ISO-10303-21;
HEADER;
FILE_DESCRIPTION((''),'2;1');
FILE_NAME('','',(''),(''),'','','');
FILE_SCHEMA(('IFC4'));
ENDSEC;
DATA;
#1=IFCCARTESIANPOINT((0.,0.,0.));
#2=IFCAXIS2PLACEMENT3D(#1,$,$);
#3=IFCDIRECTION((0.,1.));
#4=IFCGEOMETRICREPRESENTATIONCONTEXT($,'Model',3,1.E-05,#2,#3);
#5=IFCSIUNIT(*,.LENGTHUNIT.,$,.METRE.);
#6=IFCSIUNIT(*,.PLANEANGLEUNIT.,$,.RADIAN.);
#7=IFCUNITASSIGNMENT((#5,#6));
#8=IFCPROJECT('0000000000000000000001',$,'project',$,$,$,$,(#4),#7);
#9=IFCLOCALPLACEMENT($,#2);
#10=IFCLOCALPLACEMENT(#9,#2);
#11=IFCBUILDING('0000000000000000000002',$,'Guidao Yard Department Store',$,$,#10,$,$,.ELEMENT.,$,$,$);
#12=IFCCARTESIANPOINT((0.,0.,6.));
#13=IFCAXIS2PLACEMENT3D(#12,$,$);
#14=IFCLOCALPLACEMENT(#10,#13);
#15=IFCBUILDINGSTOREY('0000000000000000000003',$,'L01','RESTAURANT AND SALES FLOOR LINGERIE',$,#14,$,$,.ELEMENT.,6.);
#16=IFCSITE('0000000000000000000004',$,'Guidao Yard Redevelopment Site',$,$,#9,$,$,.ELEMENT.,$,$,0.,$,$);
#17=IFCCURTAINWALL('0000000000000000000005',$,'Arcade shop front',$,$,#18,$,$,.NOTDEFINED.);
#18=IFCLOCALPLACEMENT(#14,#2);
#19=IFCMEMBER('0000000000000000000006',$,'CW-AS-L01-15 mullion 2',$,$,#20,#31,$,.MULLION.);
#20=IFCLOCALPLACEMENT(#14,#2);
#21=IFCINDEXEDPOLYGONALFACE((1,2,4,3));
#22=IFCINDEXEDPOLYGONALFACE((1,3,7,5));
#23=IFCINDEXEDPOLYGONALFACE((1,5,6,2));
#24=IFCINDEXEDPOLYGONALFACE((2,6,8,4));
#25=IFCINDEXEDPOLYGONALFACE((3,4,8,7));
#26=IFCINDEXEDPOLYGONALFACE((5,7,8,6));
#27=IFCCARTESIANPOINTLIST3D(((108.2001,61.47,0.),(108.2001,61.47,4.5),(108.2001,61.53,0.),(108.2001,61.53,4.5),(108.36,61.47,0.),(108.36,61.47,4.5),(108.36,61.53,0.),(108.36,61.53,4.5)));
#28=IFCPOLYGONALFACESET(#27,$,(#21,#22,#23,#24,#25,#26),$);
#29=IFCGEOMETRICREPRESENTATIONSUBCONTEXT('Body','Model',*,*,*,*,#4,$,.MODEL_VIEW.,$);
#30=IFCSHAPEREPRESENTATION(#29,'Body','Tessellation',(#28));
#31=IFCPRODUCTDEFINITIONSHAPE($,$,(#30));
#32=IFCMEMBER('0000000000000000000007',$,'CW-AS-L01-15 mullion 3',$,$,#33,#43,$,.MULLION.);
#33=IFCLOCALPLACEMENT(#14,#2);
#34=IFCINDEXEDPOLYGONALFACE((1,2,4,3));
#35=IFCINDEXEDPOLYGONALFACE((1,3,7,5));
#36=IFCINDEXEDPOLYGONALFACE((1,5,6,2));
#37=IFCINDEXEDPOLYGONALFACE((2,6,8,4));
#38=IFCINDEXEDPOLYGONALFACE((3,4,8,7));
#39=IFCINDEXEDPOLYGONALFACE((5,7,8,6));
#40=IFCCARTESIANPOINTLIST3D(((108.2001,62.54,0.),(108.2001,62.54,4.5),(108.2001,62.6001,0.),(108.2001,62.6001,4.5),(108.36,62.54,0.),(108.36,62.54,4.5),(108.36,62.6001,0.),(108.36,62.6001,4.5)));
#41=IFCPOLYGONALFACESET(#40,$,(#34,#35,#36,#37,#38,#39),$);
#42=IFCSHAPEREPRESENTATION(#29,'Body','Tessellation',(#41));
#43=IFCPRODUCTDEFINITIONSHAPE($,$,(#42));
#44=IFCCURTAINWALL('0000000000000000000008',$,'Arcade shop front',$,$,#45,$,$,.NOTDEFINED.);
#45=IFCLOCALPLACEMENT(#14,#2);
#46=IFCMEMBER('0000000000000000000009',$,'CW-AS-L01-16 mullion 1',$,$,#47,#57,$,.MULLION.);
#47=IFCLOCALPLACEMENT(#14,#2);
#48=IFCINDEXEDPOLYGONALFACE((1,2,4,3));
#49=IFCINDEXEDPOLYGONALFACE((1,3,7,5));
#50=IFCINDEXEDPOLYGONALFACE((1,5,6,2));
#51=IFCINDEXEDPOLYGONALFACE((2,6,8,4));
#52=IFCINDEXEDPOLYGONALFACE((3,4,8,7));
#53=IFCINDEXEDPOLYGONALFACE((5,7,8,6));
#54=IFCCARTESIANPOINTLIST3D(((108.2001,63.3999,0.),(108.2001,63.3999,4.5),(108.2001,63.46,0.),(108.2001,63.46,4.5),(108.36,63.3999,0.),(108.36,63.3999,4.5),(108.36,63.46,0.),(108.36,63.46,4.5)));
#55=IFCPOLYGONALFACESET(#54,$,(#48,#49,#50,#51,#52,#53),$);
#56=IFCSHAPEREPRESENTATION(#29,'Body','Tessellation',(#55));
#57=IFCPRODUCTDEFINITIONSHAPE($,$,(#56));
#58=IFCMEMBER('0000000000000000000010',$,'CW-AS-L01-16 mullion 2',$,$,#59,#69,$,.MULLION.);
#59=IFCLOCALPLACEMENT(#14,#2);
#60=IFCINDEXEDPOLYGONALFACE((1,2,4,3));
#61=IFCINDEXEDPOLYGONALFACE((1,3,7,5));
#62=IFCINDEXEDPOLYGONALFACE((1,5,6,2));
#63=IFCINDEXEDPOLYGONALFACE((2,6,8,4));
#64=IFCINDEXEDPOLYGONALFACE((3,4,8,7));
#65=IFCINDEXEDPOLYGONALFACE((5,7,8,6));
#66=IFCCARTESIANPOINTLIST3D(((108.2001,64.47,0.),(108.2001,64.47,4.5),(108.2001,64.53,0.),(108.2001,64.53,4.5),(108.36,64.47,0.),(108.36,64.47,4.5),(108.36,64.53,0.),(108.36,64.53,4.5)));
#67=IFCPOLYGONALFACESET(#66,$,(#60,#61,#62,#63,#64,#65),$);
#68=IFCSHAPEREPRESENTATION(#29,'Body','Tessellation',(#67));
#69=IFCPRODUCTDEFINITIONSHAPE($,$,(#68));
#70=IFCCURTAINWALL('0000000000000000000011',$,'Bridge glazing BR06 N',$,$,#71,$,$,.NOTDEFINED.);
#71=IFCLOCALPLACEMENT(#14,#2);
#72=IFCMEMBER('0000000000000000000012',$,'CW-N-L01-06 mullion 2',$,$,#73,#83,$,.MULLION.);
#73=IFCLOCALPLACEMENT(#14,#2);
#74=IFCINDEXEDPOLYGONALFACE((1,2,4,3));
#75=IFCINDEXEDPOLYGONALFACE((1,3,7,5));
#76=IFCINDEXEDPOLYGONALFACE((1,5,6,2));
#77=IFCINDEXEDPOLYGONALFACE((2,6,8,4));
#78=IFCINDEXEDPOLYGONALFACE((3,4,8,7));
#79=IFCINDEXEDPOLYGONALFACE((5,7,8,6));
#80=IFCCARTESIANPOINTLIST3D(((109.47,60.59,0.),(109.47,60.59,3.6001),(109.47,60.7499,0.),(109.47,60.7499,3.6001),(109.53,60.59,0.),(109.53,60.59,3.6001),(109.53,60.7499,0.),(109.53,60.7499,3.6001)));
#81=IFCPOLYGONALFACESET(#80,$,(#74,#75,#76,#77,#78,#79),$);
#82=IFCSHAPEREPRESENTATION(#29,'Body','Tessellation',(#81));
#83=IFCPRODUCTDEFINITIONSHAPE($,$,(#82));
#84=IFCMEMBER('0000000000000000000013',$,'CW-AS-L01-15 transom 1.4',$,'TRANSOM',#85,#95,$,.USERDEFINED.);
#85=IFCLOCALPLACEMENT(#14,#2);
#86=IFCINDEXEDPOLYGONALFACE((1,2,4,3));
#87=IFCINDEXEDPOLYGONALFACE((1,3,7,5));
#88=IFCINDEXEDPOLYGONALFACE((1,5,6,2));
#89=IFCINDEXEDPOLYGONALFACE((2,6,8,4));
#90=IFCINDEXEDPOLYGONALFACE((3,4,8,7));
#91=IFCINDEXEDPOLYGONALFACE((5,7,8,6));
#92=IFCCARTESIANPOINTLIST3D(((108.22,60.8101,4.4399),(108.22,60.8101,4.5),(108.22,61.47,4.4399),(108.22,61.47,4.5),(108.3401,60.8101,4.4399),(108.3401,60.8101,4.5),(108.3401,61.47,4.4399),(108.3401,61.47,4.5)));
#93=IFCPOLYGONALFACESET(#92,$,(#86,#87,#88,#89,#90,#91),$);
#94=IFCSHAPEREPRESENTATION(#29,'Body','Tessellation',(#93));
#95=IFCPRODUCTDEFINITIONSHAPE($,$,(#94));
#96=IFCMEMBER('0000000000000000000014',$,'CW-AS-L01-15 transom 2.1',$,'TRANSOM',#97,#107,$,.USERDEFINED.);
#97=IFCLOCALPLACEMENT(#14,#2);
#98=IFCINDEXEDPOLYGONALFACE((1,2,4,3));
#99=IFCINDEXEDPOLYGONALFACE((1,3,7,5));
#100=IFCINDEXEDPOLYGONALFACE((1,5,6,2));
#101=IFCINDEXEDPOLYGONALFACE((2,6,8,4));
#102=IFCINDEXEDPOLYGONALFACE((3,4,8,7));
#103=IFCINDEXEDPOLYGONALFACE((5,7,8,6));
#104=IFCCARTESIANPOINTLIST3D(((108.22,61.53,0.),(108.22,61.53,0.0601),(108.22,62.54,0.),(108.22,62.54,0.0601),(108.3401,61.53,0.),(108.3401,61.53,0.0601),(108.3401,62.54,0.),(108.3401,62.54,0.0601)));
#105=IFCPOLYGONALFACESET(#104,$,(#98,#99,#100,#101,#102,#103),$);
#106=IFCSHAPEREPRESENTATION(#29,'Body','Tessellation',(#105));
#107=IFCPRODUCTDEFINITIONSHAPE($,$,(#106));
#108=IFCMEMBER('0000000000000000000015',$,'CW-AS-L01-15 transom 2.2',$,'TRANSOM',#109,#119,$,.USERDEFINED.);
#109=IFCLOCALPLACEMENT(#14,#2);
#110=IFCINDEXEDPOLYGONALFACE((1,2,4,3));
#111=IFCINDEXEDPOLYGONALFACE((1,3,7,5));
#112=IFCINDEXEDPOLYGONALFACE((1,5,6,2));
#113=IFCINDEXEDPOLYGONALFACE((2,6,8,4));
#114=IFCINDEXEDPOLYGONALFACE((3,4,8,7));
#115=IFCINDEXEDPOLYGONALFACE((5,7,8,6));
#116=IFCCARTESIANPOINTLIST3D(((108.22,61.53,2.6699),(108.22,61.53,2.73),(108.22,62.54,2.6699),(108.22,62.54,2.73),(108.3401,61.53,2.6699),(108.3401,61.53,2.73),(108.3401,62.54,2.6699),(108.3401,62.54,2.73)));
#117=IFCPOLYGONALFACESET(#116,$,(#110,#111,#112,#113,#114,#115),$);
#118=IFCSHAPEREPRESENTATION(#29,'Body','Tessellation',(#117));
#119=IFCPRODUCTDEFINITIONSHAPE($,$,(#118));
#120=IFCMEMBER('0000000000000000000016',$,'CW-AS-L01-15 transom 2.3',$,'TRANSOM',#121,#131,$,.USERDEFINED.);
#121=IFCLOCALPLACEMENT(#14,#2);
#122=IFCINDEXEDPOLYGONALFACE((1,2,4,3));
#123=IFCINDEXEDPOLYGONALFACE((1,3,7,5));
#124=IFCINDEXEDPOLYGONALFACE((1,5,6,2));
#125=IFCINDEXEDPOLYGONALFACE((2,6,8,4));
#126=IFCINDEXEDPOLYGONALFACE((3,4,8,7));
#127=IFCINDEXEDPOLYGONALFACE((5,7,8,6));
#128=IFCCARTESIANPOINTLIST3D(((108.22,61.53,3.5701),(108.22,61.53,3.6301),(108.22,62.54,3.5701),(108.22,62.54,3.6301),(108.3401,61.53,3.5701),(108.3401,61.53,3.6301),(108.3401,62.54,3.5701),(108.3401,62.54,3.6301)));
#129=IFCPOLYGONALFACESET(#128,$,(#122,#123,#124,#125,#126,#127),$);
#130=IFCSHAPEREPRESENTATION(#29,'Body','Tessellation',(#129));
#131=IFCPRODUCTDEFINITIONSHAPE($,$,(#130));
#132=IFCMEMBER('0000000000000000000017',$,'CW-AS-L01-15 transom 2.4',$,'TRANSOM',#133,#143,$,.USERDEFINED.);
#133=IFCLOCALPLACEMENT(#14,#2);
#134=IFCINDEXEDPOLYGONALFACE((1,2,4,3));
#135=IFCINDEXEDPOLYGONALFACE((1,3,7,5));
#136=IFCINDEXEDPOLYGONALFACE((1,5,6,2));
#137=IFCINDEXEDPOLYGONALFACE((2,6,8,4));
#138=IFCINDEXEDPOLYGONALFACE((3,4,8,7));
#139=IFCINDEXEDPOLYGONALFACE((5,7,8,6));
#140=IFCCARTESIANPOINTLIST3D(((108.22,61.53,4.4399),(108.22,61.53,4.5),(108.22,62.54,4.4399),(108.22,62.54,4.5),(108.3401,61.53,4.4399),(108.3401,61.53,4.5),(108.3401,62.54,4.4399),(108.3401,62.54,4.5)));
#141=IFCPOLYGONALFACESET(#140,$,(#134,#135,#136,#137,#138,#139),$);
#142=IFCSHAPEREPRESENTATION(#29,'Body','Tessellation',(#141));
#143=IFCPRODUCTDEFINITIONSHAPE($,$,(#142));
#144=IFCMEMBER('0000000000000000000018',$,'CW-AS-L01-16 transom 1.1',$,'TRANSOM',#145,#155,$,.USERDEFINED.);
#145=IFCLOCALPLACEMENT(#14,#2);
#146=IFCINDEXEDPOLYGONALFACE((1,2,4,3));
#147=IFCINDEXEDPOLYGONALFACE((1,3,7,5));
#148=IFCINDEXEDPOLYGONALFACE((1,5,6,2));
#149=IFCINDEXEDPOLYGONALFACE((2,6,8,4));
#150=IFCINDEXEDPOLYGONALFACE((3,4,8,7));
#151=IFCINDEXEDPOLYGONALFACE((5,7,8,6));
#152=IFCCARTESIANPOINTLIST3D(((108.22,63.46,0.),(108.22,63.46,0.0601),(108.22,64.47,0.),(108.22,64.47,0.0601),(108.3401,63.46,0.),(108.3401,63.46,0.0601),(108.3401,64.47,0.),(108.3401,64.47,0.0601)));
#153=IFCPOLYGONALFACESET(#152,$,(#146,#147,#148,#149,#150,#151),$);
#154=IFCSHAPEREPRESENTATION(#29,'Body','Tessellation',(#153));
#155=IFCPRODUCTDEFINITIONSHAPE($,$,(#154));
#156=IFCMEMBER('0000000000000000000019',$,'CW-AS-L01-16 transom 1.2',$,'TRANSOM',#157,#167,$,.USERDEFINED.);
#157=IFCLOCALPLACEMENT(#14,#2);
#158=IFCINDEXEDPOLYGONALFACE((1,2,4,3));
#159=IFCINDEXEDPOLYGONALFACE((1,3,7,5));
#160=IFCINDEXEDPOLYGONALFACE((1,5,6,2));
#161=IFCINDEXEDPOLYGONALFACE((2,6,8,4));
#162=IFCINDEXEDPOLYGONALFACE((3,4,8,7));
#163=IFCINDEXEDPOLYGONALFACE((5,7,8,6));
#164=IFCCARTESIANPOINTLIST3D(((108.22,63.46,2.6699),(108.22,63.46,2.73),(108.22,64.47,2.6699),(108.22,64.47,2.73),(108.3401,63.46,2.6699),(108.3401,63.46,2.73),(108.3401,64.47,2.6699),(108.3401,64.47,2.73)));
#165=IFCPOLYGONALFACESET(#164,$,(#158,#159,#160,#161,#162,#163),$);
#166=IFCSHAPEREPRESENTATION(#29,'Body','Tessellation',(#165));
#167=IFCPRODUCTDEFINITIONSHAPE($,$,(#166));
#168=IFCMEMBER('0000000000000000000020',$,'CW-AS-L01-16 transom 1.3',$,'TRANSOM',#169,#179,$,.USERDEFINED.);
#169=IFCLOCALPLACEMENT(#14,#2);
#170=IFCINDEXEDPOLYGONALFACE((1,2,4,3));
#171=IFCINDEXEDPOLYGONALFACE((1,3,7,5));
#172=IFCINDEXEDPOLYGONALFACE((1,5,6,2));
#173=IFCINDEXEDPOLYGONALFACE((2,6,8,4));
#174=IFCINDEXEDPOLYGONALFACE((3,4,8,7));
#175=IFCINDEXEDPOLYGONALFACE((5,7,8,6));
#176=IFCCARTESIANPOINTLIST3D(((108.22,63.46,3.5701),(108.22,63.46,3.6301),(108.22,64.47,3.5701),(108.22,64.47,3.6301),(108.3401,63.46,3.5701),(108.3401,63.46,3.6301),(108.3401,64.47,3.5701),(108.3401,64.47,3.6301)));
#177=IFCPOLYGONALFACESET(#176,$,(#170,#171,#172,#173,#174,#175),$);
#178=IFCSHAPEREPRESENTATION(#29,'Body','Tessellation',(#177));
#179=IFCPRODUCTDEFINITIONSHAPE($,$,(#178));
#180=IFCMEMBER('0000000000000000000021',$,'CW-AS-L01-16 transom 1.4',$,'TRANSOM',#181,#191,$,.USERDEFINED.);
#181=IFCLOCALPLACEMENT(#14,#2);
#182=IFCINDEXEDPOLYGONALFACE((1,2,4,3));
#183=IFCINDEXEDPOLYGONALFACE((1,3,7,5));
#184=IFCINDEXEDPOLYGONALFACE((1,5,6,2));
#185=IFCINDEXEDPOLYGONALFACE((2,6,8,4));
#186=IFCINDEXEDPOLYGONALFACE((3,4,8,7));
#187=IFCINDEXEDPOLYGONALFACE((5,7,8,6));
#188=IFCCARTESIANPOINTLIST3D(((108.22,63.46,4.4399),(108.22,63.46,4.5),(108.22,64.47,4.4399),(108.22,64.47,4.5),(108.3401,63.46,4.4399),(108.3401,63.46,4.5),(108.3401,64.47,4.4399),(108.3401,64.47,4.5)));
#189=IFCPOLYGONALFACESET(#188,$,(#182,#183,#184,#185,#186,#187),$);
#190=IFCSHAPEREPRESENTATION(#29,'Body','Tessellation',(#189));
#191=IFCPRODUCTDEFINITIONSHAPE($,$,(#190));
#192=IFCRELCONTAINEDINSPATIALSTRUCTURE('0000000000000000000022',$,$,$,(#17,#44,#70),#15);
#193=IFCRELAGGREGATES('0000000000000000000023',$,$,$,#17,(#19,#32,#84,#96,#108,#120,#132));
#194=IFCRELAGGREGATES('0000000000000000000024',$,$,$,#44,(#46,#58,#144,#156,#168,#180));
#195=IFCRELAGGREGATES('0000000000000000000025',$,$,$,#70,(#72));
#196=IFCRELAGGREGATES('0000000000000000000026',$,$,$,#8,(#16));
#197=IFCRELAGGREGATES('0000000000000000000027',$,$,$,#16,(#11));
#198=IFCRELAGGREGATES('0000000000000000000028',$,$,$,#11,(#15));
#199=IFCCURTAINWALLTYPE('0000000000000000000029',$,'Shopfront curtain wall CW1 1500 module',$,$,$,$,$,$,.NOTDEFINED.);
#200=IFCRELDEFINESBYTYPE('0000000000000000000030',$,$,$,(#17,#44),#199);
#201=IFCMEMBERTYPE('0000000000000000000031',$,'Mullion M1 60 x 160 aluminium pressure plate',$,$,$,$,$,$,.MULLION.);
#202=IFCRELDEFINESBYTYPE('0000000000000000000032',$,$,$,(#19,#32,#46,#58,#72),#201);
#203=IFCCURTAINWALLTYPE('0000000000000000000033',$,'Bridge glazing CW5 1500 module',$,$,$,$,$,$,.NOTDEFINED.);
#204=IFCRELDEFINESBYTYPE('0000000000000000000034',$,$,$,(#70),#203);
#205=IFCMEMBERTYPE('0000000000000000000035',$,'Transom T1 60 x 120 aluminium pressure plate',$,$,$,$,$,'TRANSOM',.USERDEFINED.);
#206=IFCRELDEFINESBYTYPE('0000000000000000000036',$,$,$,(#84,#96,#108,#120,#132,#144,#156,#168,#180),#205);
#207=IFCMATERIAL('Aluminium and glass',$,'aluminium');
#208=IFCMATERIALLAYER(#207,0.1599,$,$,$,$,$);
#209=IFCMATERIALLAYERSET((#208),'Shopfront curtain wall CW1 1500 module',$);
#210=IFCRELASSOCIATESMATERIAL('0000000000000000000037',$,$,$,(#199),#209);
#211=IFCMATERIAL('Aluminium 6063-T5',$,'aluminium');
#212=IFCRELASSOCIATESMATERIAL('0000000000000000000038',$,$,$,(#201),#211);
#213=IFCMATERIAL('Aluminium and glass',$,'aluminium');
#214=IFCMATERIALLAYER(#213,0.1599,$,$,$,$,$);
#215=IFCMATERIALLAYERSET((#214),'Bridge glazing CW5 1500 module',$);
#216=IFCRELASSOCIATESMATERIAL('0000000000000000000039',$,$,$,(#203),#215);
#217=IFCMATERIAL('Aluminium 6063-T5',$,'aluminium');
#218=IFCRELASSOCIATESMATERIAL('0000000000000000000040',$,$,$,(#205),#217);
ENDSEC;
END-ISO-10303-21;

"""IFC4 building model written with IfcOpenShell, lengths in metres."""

from ifc_helpers import new_model, si_unit, direction, frame, origin, origin_2d, place, context, subcontext, project, spatial, rectangle, extrude, material, layer, layer_set, material_profile, profile_set, type_object, element, aggregate, save


model = new_model("IFC4")

# Units and contexts
model_context = context("Model", 3, precision=1e-05, world=origin(), true_north=direction((0.0, 1.0)))
body_context = subcontext(model_context, "Body", "Model", "MODEL_VIEW")
ifc_project = project(units=[si_unit("LENGTHUNIT", "METRE"), si_unit("PLANEANGLEUNIT", "RADIAN")], contexts=[model_context])

# Site, building, storey
site_placement = place(None, origin())
site = spatial("IfcSite", under=ifc_project, at=site_placement, Name="Guidao Yard Redevelopment Site", CompositionType="ELEMENT", RefElevation=0.0)
building_placement = place(site_placement, origin())
building = spatial("IfcBuilding", under=site, at=building_placement, Name="Guidao Yard Department Store", CompositionType="ELEMENT")
storey_placement = place(building_placement, frame((0.0, 0.0, 6.0)))
storey = spatial("IfcBuildingStorey", under=building, at=storey_placement, Name="L01", Description="RESTAURANT AND SALES FLOOR LINGERIE", CompositionType="ELEMENT", Elevation=6.0)

# Curtain walls, members
ifc_material_1 = material(Name="Aluminium and glass", Category="aluminium")
ifc_layer_1 = layer(ifc_material_1, 0.1599)
ifc_layer_set_1 = layer_set([ifc_layer_1], Name="Shopfront curtain wall CW1 1500 module")
curtain_wall_type_1 = type_object("IfcCurtainWallType", Name="Shopfront curtain wall CW1 1500 module", PredefinedType="NOTDEFINED", material=ifc_layer_set_1)
curtain_wall_1_placement = place(storey_placement, origin())
curtain_wall_1 = element("IfcCurtainWall", 1, at=curtain_wall_1_placement, inside=storey, type_object=curtain_wall_type_1, Name="Arcade shop front", PredefinedType="NOTDEFINED")
ifc_material_2 = material(Name="Aluminium 6063-T5", Category="aluminium")
ifc_material_profile_1 = material_profile(ifc_material_2, rectangle(XDim=0.0601, YDim=0.1599, at=origin_2d()), Name="Mullion M1 60 x 160 aluminium pressure plate")
ifc_profile_set_1 = profile_set([ifc_material_profile_1], Name="Aluminium 6063-T5")
member_type_1 = type_object("IfcMemberType", Name="Mullion M1 60 x 160 aluminium pressure plate", PredefinedType="MULLION", material=ifc_profile_set_1)
member_1_placement = place(storey_placement, frame((108.28, 61.5, 0.0), z_axis=(0.0, 0.0, 1.0), x_axis=(0.0, -1.0, 0.0)))
member_1 = element("IfcMember", 2, at=member_1_placement, type_object=member_type_1, Name="CW-AS-L01-15 mullion 2", PredefinedType="MULLION", context=body_context, shape_type="SweptSolid", body=[
    extrude(rectangle(XDim=0.0601, YDim=0.1599, at=origin_2d()), origin(), (0.0, 0.0, 1.0), 4.5),
])
member_2_placement = place(storey_placement, frame((108.28, 62.5701, 0.0), z_axis=(0.0, 0.0, 1.0), x_axis=(0.0, -1.0, 0.0)))
member_2 = element("IfcMember", 3, at=member_2_placement, type_object=member_type_1, Name="CW-AS-L01-15 mullion 3", PredefinedType="MULLION", context=body_context, shape_type="SweptSolid", body=[
    extrude(rectangle(XDim=0.0601, YDim=0.1599, at=origin_2d()), origin(), (0.0, 0.0, 1.0), 4.5),
])
curtain_wall_2_placement = place(storey_placement, origin())
curtain_wall_2 = element("IfcCurtainWall", 4, at=curtain_wall_2_placement, inside=storey, type_object=curtain_wall_type_1, Name="Arcade shop front", PredefinedType="NOTDEFINED")
member_3_placement = place(storey_placement, frame((108.28, 63.4299, 0.0), z_axis=(0.0, 0.0, 1.0), x_axis=(0.0, -1.0, 0.0)))
member_3 = element("IfcMember", 5, at=member_3_placement, type_object=member_type_1, Name="CW-AS-L01-16 mullion 1", PredefinedType="MULLION", context=body_context, shape_type="SweptSolid", body=[
    extrude(rectangle(XDim=0.0601, YDim=0.1599, at=origin_2d()), origin(), (0.0, 0.0, 1.0), 4.5),
])
member_4_placement = place(storey_placement, frame((108.28, 64.5, 0.0), z_axis=(0.0, 0.0, 1.0), x_axis=(0.0, -1.0, 0.0)))
member_4 = element("IfcMember", 6, at=member_4_placement, type_object=member_type_1, Name="CW-AS-L01-16 mullion 2", PredefinedType="MULLION", context=body_context, shape_type="SweptSolid", body=[
    extrude(rectangle(XDim=0.0601, YDim=0.1599, at=origin_2d()), origin(), (0.0, 0.0, 1.0), 4.5),
])

# Curtain wall, member
ifc_material_3 = material(Name="Aluminium and glass", Category="aluminium")
ifc_layer_2 = layer(ifc_material_3, 0.1599)
ifc_layer_set_2 = layer_set([ifc_layer_2], Name="Bridge glazing CW5 1500 module")
curtain_wall_type_2 = type_object("IfcCurtainWallType", Name="Bridge glazing CW5 1500 module", PredefinedType="NOTDEFINED", material=ifc_layer_set_2)
curtain_wall_3_placement = place(storey_placement, origin())
curtain_wall_3 = element("IfcCurtainWall", 7, at=curtain_wall_3_placement, inside=storey, type_object=curtain_wall_type_2, Name="Bridge glazing BR06 N", PredefinedType="NOTDEFINED")
member_5_placement = place(storey_placement, frame((109.5, 60.6699, 0.0), z_axis=(0.0, 0.0, 1.0), x_axis=(1.0, 0.0, 0.0)))
member_5 = element("IfcMember", 8, at=member_5_placement, type_object=member_type_1, Name="CW-N-L01-06 mullion 2", PredefinedType="MULLION", context=body_context, shape_type="SweptSolid", body=[
    extrude(rectangle(XDim=0.0601, YDim=0.1599, at=origin_2d()), origin(), (0.0, 0.0, 1.0), 3.6001),
])

# Members
ifc_material_4 = material(Name="Aluminium 6063-T5", Category="aluminium")
ifc_material_profile_2 = material_profile(ifc_material_4, rectangle(XDim=0.1201, YDim=0.0601, at=origin_2d()), Name="Transom T1 60 x 120 aluminium pressure plate")
ifc_profile_set_2 = profile_set([ifc_material_profile_2], Name="Aluminium 6063-T5")
member_type_2 = type_object("IfcMemberType", Name="Transom T1 60 x 120 aluminium pressure plate", ElementType="TRANSOM", PredefinedType="USERDEFINED", material=ifc_profile_set_2)
member_6_placement = place(storey_placement, frame((108.28, 61.47, 4.47), z_axis=(0.0, -1.0, 0.0), x_axis=(1.0, 0.0, 0.0)))
member_6 = element("IfcMember", 9, at=member_6_placement, type_object=member_type_2, Name="CW-AS-L01-15 transom 1.4", ObjectType="TRANSOM", PredefinedType="USERDEFINED", context=body_context, shape_type="SweptSolid", body=[
    extrude(rectangle(XDim=0.1201, YDim=0.0601, at=origin_2d()), origin(), (0.0, 0.0, 1.0), 0.6599),
])
member_7_placement = place(storey_placement, frame((108.28, 62.54, 0.03), z_axis=(0.0, -1.0, 0.0), x_axis=(1.0, 0.0, 0.0)))
member_7 = element("IfcMember", 10, at=member_7_placement, type_object=member_type_2, Name="CW-AS-L01-15 transom 2.1", ObjectType="TRANSOM", PredefinedType="USERDEFINED", context=body_context, shape_type="SweptSolid", body=[
    extrude(rectangle(XDim=0.1201, YDim=0.0601, at=origin_2d()), origin(), (0.0, 0.0, 1.0), 1.01),
])
member_8_placement = place(storey_placement, frame((108.28, 62.54, 2.7), z_axis=(0.0, -1.0, 0.0), x_axis=(1.0, 0.0, 0.0)))
member_8 = element("IfcMember", 11, at=member_8_placement, type_object=member_type_2, Name="CW-AS-L01-15 transom 2.2", ObjectType="TRANSOM", PredefinedType="USERDEFINED", context=body_context, shape_type="SweptSolid", body=[
    extrude(rectangle(XDim=0.1201, YDim=0.0601, at=origin_2d()), origin(), (0.0, 0.0, 1.0), 1.01),
])
member_9_placement = place(storey_placement, frame((108.28, 62.54, 3.6001), z_axis=(0.0, -1.0, 0.0), x_axis=(1.0, 0.0, 0.0)))
member_9 = element("IfcMember", 12, at=member_9_placement, type_object=member_type_2, Name="CW-AS-L01-15 transom 2.3", ObjectType="TRANSOM", PredefinedType="USERDEFINED", context=body_context, shape_type="SweptSolid", body=[
    extrude(rectangle(XDim=0.1201, YDim=0.0601, at=origin_2d()), origin(), (0.0, 0.0, 1.0), 1.01),
])
member_10_placement = place(storey_placement, frame((108.28, 62.54, 4.47), z_axis=(0.0, -1.0, 0.0), x_axis=(1.0, 0.0, 0.0)))
member_10 = element("IfcMember", 13, at=member_10_placement, type_object=member_type_2, Name="CW-AS-L01-15 transom 2.4", ObjectType="TRANSOM", PredefinedType="USERDEFINED", context=body_context, shape_type="SweptSolid", body=[
    extrude(rectangle(XDim=0.1201, YDim=0.0601, at=origin_2d()), origin(), (0.0, 0.0, 1.0), 1.01),
])
member_11_placement = place(storey_placement, frame((108.28, 64.47, 0.03), z_axis=(0.0, -1.0, 0.0), x_axis=(1.0, 0.0, 0.0)))
member_11 = element("IfcMember", 14, at=member_11_placement, type_object=member_type_2, Name="CW-AS-L01-16 transom 1.1", ObjectType="TRANSOM", PredefinedType="USERDEFINED", context=body_context, shape_type="SweptSolid", body=[
    extrude(rectangle(XDim=0.1201, YDim=0.0601, at=origin_2d()), origin(), (0.0, 0.0, 1.0), 1.01),
])
member_12_placement = place(storey_placement, frame((108.28, 64.47, 2.7), z_axis=(0.0, -1.0, 0.0), x_axis=(1.0, 0.0, 0.0)))
member_12 = element("IfcMember", 15, at=member_12_placement, type_object=member_type_2, Name="CW-AS-L01-16 transom 1.2", ObjectType="TRANSOM", PredefinedType="USERDEFINED", context=body_context, shape_type="SweptSolid", body=[
    extrude(rectangle(XDim=0.1201, YDim=0.0601, at=origin_2d()), origin(), (0.0, 0.0, 1.0), 1.01),
])
member_13_placement = place(storey_placement, frame((108.28, 64.47, 3.6001), z_axis=(0.0, -1.0, 0.0), x_axis=(1.0, 0.0, 0.0)))
member_13 = element("IfcMember", 16, at=member_13_placement, type_object=member_type_2, Name="CW-AS-L01-16 transom 1.3", ObjectType="TRANSOM", PredefinedType="USERDEFINED", context=body_context, shape_type="SweptSolid", body=[
    extrude(rectangle(XDim=0.1201, YDim=0.0601, at=origin_2d()), origin(), (0.0, 0.0, 1.0), 1.01),
])
member_14_placement = place(storey_placement, frame((108.28, 64.47, 4.47), z_axis=(0.0, -1.0, 0.0), x_axis=(1.0, 0.0, 0.0)))
member_14 = element("IfcMember", 17, at=member_14_placement, type_object=member_type_2, Name="CW-AS-L01-16 transom 1.4", ObjectType="TRANSOM", PredefinedType="USERDEFINED", context=body_context, shape_type="SweptSolid", body=[
    extrude(rectangle(XDim=0.1201, YDim=0.0601, at=origin_2d()), origin(), (0.0, 0.0, 1.0), 1.01),
])

aggregate(curtain_wall_1, [member_1, member_2, member_6, member_7, member_8, member_9, member_10])
aggregate(curtain_wall_2, [member_3, member_4, member_11, member_12, member_13, member_14])
aggregate(curtain_wall_3, [member_5])

save(model, "model.ifc")
